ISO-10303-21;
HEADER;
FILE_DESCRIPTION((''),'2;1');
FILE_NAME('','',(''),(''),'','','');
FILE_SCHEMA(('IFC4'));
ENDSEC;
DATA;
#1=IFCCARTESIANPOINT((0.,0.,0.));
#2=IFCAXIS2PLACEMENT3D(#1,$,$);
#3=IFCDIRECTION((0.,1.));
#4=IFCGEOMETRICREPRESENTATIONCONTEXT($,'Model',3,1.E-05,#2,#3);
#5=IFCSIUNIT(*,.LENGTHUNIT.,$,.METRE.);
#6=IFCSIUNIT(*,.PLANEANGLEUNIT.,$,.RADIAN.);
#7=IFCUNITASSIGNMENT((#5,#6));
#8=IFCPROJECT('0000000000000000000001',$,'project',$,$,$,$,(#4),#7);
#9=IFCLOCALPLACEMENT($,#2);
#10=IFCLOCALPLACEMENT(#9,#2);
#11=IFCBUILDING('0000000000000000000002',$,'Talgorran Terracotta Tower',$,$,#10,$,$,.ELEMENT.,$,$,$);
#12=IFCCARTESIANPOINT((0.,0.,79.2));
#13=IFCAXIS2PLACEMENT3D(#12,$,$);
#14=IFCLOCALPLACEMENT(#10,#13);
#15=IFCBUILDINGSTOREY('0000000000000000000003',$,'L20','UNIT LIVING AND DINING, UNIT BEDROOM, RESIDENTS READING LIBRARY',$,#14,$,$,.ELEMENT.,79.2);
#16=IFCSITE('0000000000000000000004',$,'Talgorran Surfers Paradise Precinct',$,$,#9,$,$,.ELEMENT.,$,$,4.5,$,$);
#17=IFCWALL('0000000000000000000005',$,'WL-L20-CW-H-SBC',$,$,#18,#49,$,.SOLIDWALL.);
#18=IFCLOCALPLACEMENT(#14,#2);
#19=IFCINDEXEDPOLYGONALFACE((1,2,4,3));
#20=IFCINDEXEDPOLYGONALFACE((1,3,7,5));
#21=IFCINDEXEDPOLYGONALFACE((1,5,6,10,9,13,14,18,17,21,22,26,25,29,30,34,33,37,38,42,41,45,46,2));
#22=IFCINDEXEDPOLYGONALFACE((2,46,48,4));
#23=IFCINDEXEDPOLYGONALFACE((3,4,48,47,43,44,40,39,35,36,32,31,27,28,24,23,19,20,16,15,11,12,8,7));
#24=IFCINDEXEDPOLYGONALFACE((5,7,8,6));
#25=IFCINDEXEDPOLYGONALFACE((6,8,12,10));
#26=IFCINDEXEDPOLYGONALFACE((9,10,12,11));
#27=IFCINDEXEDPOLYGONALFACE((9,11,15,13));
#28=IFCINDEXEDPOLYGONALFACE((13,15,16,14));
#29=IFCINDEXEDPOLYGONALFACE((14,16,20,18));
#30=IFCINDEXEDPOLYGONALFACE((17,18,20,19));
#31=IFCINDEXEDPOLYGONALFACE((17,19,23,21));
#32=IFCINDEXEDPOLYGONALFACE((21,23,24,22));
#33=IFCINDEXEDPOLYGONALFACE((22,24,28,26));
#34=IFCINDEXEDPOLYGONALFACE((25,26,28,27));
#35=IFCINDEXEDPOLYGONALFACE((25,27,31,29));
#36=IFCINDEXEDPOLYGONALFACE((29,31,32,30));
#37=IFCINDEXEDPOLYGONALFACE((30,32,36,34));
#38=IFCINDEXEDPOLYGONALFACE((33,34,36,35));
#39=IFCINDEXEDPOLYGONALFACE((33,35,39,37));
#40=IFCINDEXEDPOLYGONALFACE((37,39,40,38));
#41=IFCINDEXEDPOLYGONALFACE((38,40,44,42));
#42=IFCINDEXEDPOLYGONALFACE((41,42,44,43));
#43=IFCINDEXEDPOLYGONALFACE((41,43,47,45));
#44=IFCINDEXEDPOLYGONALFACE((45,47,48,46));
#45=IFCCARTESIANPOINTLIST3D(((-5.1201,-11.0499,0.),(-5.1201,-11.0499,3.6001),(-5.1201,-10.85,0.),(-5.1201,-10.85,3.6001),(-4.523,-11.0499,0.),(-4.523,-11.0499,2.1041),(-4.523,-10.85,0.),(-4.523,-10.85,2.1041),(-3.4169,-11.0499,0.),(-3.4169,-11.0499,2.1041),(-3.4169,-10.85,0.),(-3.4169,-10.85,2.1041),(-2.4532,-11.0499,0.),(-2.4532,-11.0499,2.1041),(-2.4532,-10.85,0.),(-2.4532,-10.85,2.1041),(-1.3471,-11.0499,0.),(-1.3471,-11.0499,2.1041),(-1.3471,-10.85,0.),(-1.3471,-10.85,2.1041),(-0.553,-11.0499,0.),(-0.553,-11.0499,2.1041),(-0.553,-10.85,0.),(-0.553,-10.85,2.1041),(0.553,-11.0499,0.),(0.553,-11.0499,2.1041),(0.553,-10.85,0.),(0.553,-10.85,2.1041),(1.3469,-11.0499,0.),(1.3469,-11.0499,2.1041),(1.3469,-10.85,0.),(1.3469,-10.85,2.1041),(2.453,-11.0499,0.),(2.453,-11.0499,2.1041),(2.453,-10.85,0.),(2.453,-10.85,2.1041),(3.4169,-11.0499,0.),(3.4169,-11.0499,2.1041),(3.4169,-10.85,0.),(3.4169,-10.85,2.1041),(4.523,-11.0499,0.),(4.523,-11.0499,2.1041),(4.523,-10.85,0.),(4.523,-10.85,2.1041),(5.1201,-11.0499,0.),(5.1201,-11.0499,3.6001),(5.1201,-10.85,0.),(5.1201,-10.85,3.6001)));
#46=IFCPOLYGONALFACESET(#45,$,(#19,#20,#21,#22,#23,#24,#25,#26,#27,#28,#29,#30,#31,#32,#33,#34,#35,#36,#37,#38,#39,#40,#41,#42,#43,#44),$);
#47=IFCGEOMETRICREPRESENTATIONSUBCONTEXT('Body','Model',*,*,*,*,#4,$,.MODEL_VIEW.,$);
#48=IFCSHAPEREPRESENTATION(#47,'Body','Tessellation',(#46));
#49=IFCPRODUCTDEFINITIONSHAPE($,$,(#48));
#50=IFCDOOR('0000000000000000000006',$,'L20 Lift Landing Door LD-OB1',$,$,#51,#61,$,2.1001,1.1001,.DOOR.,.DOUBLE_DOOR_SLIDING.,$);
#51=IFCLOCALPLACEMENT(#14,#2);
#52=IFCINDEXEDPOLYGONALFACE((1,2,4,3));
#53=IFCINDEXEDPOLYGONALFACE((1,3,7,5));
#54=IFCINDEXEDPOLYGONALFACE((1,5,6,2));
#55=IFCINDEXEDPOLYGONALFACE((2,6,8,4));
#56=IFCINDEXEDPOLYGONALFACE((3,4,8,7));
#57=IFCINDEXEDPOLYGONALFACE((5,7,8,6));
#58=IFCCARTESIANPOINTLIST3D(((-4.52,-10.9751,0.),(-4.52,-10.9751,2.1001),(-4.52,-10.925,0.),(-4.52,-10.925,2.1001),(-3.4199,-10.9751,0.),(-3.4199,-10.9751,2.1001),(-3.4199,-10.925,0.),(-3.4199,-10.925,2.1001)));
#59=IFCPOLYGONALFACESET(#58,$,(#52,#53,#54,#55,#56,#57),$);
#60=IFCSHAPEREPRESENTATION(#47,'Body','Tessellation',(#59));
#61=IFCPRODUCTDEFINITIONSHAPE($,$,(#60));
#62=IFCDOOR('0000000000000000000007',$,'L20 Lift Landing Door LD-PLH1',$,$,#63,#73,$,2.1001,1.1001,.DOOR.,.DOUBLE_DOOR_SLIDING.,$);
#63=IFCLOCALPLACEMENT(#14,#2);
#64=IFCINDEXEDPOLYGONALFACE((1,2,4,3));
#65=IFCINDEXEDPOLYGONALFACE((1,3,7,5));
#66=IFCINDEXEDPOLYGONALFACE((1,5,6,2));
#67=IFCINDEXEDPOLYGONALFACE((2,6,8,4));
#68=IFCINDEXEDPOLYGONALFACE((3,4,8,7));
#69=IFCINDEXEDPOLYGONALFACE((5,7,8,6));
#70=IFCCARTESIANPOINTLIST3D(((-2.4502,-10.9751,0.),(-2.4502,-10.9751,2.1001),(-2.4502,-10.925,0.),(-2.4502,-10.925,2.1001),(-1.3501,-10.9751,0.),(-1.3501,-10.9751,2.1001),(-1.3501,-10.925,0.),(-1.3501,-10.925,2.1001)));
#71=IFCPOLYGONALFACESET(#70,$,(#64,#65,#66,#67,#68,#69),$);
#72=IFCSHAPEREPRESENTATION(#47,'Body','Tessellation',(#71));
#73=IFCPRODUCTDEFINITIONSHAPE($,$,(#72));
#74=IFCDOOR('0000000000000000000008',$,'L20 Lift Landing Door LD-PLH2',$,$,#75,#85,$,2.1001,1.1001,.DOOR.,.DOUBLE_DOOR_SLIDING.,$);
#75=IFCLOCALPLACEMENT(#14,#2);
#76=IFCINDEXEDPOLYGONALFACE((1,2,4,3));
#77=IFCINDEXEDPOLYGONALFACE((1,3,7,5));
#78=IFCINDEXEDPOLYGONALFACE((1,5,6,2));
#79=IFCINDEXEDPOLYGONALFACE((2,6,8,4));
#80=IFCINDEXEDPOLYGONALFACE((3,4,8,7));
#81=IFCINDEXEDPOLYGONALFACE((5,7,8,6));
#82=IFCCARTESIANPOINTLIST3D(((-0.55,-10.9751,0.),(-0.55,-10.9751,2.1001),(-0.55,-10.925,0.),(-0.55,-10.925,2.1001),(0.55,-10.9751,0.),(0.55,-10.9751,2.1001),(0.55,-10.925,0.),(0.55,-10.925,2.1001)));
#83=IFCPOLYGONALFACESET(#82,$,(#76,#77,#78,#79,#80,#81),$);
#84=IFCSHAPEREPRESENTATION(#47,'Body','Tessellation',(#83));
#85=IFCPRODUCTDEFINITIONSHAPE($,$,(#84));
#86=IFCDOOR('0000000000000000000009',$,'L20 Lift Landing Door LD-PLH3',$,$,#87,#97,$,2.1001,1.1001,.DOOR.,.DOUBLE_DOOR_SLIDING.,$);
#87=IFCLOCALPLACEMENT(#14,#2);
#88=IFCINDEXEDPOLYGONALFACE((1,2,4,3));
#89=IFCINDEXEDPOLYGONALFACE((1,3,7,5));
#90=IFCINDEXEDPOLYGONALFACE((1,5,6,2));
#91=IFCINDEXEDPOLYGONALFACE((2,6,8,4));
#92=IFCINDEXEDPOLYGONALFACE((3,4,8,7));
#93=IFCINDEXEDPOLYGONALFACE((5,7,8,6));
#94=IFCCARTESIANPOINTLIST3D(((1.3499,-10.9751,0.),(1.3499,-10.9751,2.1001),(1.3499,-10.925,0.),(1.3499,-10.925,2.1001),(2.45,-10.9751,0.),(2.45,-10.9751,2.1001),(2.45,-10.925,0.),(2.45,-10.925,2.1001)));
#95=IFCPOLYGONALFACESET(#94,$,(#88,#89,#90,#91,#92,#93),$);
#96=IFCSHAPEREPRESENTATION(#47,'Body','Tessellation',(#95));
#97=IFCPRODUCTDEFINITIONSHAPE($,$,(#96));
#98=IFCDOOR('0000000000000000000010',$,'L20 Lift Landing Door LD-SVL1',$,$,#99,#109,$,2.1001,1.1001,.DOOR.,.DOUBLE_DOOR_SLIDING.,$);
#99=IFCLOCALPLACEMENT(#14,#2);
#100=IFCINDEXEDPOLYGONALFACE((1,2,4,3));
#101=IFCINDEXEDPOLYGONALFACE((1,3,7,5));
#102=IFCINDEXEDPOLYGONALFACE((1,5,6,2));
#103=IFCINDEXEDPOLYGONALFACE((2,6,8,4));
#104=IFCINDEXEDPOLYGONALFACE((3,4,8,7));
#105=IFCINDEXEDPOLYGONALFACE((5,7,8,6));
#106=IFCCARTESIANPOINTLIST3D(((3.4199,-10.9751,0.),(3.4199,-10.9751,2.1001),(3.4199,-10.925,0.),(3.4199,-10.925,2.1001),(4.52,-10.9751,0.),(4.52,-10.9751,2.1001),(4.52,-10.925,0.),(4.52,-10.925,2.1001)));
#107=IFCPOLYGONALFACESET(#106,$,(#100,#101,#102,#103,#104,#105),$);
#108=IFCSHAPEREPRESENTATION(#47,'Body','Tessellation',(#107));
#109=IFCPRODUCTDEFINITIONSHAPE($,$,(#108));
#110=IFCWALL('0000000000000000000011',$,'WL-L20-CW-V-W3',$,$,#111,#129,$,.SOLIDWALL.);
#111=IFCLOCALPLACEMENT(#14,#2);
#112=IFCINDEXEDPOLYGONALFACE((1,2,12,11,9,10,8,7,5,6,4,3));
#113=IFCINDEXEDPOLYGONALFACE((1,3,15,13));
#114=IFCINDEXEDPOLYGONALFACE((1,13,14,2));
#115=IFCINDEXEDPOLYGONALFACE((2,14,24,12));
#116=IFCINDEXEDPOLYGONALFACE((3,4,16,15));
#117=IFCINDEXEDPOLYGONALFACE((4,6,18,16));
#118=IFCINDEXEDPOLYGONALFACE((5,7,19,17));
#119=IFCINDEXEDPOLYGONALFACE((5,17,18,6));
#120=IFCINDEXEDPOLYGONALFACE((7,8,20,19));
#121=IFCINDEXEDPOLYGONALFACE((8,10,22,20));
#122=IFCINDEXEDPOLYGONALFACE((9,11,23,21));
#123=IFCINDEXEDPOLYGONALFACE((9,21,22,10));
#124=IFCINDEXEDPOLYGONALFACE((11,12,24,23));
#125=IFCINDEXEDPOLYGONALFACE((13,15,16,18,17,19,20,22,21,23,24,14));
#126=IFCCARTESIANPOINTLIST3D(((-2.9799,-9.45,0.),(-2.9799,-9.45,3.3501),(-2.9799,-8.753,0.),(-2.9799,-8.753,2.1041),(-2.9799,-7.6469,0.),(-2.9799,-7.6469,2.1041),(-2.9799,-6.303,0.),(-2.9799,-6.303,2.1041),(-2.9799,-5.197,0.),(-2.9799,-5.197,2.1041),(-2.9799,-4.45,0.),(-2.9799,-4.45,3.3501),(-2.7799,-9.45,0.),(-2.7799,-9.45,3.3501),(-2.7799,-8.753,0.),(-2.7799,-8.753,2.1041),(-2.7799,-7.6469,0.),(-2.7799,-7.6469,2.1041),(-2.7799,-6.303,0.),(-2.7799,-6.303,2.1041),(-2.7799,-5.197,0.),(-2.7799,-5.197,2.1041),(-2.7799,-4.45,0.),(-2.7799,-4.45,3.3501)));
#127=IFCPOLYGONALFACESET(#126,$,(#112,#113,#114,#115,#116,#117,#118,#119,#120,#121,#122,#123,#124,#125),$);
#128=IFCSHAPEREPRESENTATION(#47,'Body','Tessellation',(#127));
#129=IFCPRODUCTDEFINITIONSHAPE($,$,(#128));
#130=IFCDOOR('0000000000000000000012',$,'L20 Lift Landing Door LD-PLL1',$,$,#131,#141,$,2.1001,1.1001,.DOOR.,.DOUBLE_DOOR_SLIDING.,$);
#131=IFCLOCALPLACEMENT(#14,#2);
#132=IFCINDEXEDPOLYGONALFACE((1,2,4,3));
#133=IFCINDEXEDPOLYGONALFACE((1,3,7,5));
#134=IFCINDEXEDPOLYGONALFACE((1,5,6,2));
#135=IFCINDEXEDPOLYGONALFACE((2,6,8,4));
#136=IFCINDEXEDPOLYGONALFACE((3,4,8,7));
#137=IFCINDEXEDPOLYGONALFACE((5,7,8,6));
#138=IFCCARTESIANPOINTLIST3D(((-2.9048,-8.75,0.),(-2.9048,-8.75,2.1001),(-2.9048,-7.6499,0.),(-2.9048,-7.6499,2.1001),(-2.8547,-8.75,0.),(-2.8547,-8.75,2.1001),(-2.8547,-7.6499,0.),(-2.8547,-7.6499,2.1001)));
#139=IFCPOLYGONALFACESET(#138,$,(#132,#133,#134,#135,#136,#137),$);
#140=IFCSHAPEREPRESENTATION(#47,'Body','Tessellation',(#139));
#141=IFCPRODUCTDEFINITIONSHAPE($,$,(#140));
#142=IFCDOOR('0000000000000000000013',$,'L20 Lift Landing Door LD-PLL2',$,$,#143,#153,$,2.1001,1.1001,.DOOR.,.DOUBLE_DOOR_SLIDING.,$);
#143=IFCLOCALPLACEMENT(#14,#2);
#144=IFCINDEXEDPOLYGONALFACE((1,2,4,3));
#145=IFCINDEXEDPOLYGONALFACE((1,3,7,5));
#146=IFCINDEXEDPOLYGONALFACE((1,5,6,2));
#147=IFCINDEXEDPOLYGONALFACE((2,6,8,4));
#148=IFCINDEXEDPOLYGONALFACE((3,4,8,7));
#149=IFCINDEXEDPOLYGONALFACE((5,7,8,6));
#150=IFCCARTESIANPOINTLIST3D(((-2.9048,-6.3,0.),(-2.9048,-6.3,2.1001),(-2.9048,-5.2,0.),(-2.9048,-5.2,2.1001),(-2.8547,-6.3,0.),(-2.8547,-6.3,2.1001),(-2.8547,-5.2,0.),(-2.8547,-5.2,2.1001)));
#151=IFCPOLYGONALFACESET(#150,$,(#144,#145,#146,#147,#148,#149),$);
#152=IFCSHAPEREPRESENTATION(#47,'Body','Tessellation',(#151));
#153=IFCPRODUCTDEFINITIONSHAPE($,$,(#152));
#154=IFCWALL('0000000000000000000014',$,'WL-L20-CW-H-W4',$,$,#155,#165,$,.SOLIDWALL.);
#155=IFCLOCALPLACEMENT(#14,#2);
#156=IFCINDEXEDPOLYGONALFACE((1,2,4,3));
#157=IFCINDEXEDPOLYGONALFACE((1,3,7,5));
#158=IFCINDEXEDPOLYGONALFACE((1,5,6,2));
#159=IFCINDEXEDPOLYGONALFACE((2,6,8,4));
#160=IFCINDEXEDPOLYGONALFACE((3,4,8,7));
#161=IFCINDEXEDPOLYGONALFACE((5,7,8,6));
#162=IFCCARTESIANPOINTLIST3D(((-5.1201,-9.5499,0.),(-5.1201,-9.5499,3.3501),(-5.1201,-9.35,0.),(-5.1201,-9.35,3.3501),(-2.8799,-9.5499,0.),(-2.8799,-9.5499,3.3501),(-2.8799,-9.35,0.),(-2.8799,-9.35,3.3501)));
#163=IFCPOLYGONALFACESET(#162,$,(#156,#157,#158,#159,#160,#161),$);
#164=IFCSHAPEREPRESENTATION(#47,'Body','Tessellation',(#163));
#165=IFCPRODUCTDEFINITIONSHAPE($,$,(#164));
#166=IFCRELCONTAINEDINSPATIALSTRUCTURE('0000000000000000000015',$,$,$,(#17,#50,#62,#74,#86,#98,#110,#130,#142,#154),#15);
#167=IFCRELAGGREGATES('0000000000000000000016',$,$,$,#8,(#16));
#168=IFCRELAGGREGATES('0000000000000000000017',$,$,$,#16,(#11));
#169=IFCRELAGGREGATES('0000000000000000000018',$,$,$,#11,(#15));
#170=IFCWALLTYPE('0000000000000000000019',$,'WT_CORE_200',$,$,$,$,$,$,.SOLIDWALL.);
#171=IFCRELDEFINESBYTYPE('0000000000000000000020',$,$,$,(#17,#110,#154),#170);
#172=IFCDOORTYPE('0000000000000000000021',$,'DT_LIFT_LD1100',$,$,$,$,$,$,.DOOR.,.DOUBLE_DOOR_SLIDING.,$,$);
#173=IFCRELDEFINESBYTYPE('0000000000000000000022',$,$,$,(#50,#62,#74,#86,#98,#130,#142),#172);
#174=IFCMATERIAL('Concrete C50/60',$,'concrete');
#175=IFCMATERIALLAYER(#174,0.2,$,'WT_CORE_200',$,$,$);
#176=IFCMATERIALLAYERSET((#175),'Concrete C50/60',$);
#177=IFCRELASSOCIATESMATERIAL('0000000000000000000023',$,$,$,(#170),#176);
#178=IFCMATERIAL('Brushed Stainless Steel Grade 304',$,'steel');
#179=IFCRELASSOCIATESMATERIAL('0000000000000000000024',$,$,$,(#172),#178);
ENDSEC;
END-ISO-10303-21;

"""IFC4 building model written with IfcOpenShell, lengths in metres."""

from ifc_helpers import new_model, si_unit, direction, frame, frame_2d, origin, place, context, subcontext, project, spatial, rectangle, extrude, material, layer, layer_set, type_object, element, fill, save


model = new_model("IFC4")

# Units and contexts
model_context = context("Model", 3, precision=1e-05, world=origin(), true_north=direction((0.0, 1.0)))
body_context = subcontext(model_context, "Body", "Model", "MODEL_VIEW")
ifc_project = project(units=[si_unit("LENGTHUNIT", "METRE"), si_unit("PLANEANGLEUNIT", "RADIAN")], contexts=[model_context])

# Site, building, storey
site_placement = place(None, origin())
site = spatial("IfcSite", under=ifc_project, at=site_placement, Name="Talgorran Surfers Paradise Precinct", CompositionType="ELEMENT", RefElevation=4.5)
building_placement = place(site_placement, origin())
building = spatial("IfcBuilding", under=site, at=building_placement, Name="Talgorran Terracotta Tower", CompositionType="ELEMENT")
storey_placement = place(building_placement, frame((0.0, 0.0, 79.2)))
storey = spatial("IfcBuildingStorey", under=building, at=storey_placement, Name="L20", Description="UNIT LIVING AND DINING, UNIT BEDROOM, RESIDENTS READING LIBRARY", CompositionType="ELEMENT", Elevation=79.2)

# Shared definitions
ifc_material_1 = material(Name="Concrete C50/60", Category="concrete")
ifc_layer_1 = layer(ifc_material_1, 0.2, Name="WT_CORE_200")
ifc_layer_set_1 = layer_set([ifc_layer_1], Name="Concrete C50/60")
wall_type_1 = type_object("IfcWallType", Name="WT_CORE_200", PredefinedType="SOLIDWALL", material=ifc_layer_set_1)

# Walls, openings, doors
ifc_material_2 = material(Name="Brushed Stainless Steel Grade 304", Category="steel")
door_type_1 = type_object("IfcDoorType", Name="DT_LIFT_LD1100", OperationType="DOUBLE_DOOR_SLIDING", PredefinedType="DOOR", material=ifc_material_2)
wall_1_placement = place(storey_placement, frame((-5.1201, -10.95, 0.0), z_axis=(0.0, 0.0, 1.0), x_axis=(1.0, 0.0, 0.0)))
wall_1 = element("IfcWall", 1, at=wall_1_placement, inside=storey, type_object=wall_type_1, Name="WL-L20-CW-H-SBC", PredefinedType="SOLIDWALL", context=body_context, shape_type="SweptSolid", body=[
    extrude(rectangle(XDim=10.2402, YDim=0.2, at=frame_2d((5.1201, 0.0))), origin(), (0.0, 0.0, 1.0), 3.6001),
])
opening_1_placement = place(wall_1_placement, frame((0.6001, 0.0, 0.0)))
opening_1 = element("IfcOpeningElement", 2, at=opening_1_placement, cuts=wall_1, PredefinedType="OPENING", context=body_context, shape_type="SweptSolid", body=[
    extrude(rectangle(XDim=1.1061, YDim=2.1041, at=frame_2d((0.55, 1.052))), frame((0.0, 0.1099, 0.0), z_axis=(0.0, -1.0, 0.0), x_axis=(1.0, 0.0, 0.0)), (0.0, 0.0, 1.0), 0.22),
])
opening_2_placement = place(wall_1_placement, frame((2.6699, 0.0, 0.0)))
opening_2 = element("IfcOpeningElement", 3, at=opening_2_placement, cuts=wall_1, PredefinedType="OPENING", context=body_context, shape_type="SweptSolid", body=[
    extrude(rectangle(XDim=1.1061, YDim=2.1041, at=frame_2d((0.55, 1.052))), frame((0.0, 0.1099, 0.0), z_axis=(0.0, -1.0, 0.0), x_axis=(1.0, 0.0, 0.0)), (0.0, 0.0, 1.0), 0.22),
])
opening_3_placement = place(wall_1_placement, frame((4.5701, 0.0, 0.0)))
opening_3 = element("IfcOpeningElement", 4, at=opening_3_placement, cuts=wall_1, PredefinedType="OPENING", context=body_context, shape_type="SweptSolid", body=[
    extrude(rectangle(XDim=1.1061, YDim=2.1041, at=frame_2d((0.55, 1.052))), frame((0.0, 0.1099, 0.0), z_axis=(0.0, -1.0, 0.0), x_axis=(1.0, 0.0, 0.0)), (0.0, 0.0, 1.0), 0.22),
])
opening_4_placement = place(wall_1_placement, frame((6.47, 0.0, 0.0)))
opening_4 = element("IfcOpeningElement", 5, at=opening_4_placement, cuts=wall_1, PredefinedType="OPENING", context=body_context, shape_type="SweptSolid", body=[
    extrude(rectangle(XDim=1.1061, YDim=2.1041, at=frame_2d((0.55, 1.052))), frame((0.0, 0.1099, 0.0), z_axis=(0.0, -1.0, 0.0), x_axis=(1.0, 0.0, 0.0)), (0.0, 0.0, 1.0), 0.22),
])
opening_5_placement = place(wall_1_placement, frame((8.54, 0.0, 0.0)))
opening_5 = element("IfcOpeningElement", 6, at=opening_5_placement, cuts=wall_1, PredefinedType="OPENING", context=body_context, shape_type="SweptSolid", body=[
    extrude(rectangle(XDim=1.1061, YDim=2.1041, at=frame_2d((0.55, 1.052))), frame((0.0, 0.1099, 0.0), z_axis=(0.0, -1.0, 0.0), x_axis=(1.0, 0.0, 0.0)), (0.0, 0.0, 1.0), 0.22),
])
door_1_placement = place(opening_1_placement, origin())
door_1 = element("IfcDoor", 7, at=door_1_placement, inside=storey, type_object=door_type_1, Name="L20 Lift Landing Door LD-OB1", OperationType="DOUBLE_DOOR_SLIDING", OverallHeight=2.1001, OverallWidth=1.1001, PredefinedType="DOOR", context=body_context, shape_type="SweptSolid", body=[
    extrude(rectangle(XDim=1.1001, YDim=2.1001, at=frame_2d((0.55, 1.05))), frame((0.0, 0.0249, 0.0), z_axis=(0.0, -1.0, 0.0), x_axis=(1.0, 0.0, 0.0)), (0.0, 0.0, 1.0), 0.05),
])
fill(opening_1, door_1)
door_2_placement = place(opening_2_placement, origin())
door_2 = element("IfcDoor", 8, at=door_2_placement, inside=storey, type_object=door_type_1, Name="L20 Lift Landing Door LD-PLH1", OperationType="DOUBLE_DOOR_SLIDING", OverallHeight=2.1001, OverallWidth=1.1001, PredefinedType="DOOR", context=body_context, shape_type="SweptSolid", body=[
    extrude(rectangle(XDim=1.1001, YDim=2.1001, at=frame_2d((0.55, 1.05))), frame((0.0, 0.0249, 0.0), z_axis=(0.0, -1.0, 0.0), x_axis=(1.0, 0.0, 0.0)), (0.0, 0.0, 1.0), 0.05),
])
fill(opening_2, door_2)
door_3_placement = place(opening_3_placement, origin())
door_3 = element("IfcDoor", 9, at=door_3_placement, inside=storey, type_object=door_type_1, Name="L20 Lift Landing Door LD-PLH2", OperationType="DOUBLE_DOOR_SLIDING", OverallHeight=2.1001, OverallWidth=1.1001, PredefinedType="DOOR", context=body_context, shape_type="SweptSolid", body=[
    extrude(rectangle(XDim=1.1001, YDim=2.1001, at=frame_2d((0.55, 1.05))), frame((0.0, 0.0249, 0.0), z_axis=(0.0, -1.0, 0.0), x_axis=(1.0, 0.0, 0.0)), (0.0, 0.0, 1.0), 0.05),
])
fill(opening_3, door_3)
door_4_placement = place(opening_4_placement, origin())
door_4 = element("IfcDoor", 10, at=door_4_placement, inside=storey, type_object=door_type_1, Name="L20 Lift Landing Door LD-PLH3", OperationType="DOUBLE_DOOR_SLIDING", OverallHeight=2.1001, OverallWidth=1.1001, PredefinedType="DOOR", context=body_context, shape_type="SweptSolid", body=[
    extrude(rectangle(XDim=1.1001, YDim=2.1001, at=frame_2d((0.55, 1.05))), frame((0.0, 0.0249, 0.0), z_axis=(0.0, -1.0, 0.0), x_axis=(1.0, 0.0, 0.0)), (0.0, 0.0, 1.0), 0.05),
])
fill(opening_4, door_4)
door_5_placement = place(opening_5_placement, origin())
door_5 = element("IfcDoor", 11, at=door_5_placement, inside=storey, type_object=door_type_1, Name="L20 Lift Landing Door LD-SVL1", OperationType="DOUBLE_DOOR_SLIDING", OverallHeight=2.1001, OverallWidth=1.1001, PredefinedType="DOOR", context=body_context, shape_type="SweptSolid", body=[
    extrude(rectangle(XDim=1.1001, YDim=2.1001, at=frame_2d((0.55, 1.05))), frame((0.0, 0.0249, 0.0), z_axis=(0.0, -1.0, 0.0), x_axis=(1.0, 0.0, 0.0)), (0.0, 0.0, 1.0), 0.05),
])
fill(opening_5, door_5)
wall_2_placement = place(storey_placement, frame((-2.8799, -9.45, 0.0), z_axis=(0.0, 0.0, 1.0), x_axis=(0.0, 1.0, 0.0)))
wall_2 = element("IfcWall", 12, at=wall_2_placement, inside=storey, type_object=wall_type_1, Name="WL-L20-CW-V-W3", PredefinedType="SOLIDWALL", context=body_context, shape_type="SweptSolid", body=[
    extrude(rectangle(XDim=5.0, YDim=0.2, at=frame_2d((2.5, 0.0))), origin(), (0.0, 0.0, 1.0), 3.3501),
])
opening_6_placement = place(wall_2_placement, frame((0.7, 0.0, 0.0)))
opening_6 = element("IfcOpeningElement", 13, at=opening_6_placement, cuts=wall_2, PredefinedType="OPENING", context=body_context, shape_type="SweptSolid", body=[
    extrude(rectangle(XDim=1.1061, YDim=2.1041, at=frame_2d((0.55, 1.052))), frame((0.0, 0.1099, 0.0), z_axis=(0.0, -1.0, 0.0), x_axis=(1.0, 0.0, 0.0)), (0.0, 0.0, 1.0), 0.22),
])
opening_7_placement = place(wall_2_placement, frame((3.1499, 0.0, 0.0)))
opening_7 = element("IfcOpeningElement", 14, at=opening_7_placement, cuts=wall_2, PredefinedType="OPENING", context=body_context, shape_type="SweptSolid", body=[
    extrude(rectangle(XDim=1.1061, YDim=2.1041, at=frame_2d((0.55, 1.052))), frame((0.0, 0.1099, 0.0), z_axis=(0.0, -1.0, 0.0), x_axis=(1.0, 0.0, 0.0)), (0.0, 0.0, 1.0), 0.22),
])
door_6_placement = place(opening_6_placement, origin())
door_6 = element("IfcDoor", 15, at=door_6_placement, inside=storey, type_object=door_type_1, Name="L20 Lift Landing Door LD-PLL1", OperationType="DOUBLE_DOOR_SLIDING", OverallHeight=2.1001, OverallWidth=1.1001, PredefinedType="DOOR", context=body_context, shape_type="SweptSolid", body=[
    extrude(rectangle(XDim=1.1001, YDim=2.1001, at=frame_2d((0.55, 1.05))), frame((0.0, 0.0249, 0.0), z_axis=(0.0, -1.0, 0.0), x_axis=(1.0, 0.0, 0.0)), (0.0, 0.0, 1.0), 0.05),
])
fill(opening_6, door_6)
door_7_placement = place(opening_7_placement, origin())
door_7 = element("IfcDoor", 16, at=door_7_placement, inside=storey, type_object=door_type_1, Name="L20 Lift Landing Door LD-PLL2", OperationType="DOUBLE_DOOR_SLIDING", OverallHeight=2.1001, OverallWidth=1.1001, PredefinedType="DOOR", context=body_context, shape_type="SweptSolid", body=[
    extrude(rectangle(XDim=1.1001, YDim=2.1001, at=frame_2d((0.55, 1.05))), frame((0.0, 0.0249, 0.0), z_axis=(0.0, -1.0, 0.0), x_axis=(1.0, 0.0, 0.0)), (0.0, 0.0, 1.0), 0.05),
])
fill(opening_7, door_7)

# Wall
wall_3_placement = place(storey_placement, frame((-5.1201, -9.45, 0.0), z_axis=(0.0, 0.0, 1.0), x_axis=(1.0, 0.0, 0.0)))
element("IfcWall", 17, at=wall_3_placement, inside=storey, type_object=wall_type_1, Name="WL-L20-CW-H-W4", PredefinedType="SOLIDWALL", context=body_context, shape_type="SweptSolid", body=[
    extrude(rectangle(XDim=2.2402, YDim=0.2, at=frame_2d((1.1201, 0.0))), origin(), (0.0, 0.0, 1.0), 3.3501),
])

save(model, "model.ifc")
